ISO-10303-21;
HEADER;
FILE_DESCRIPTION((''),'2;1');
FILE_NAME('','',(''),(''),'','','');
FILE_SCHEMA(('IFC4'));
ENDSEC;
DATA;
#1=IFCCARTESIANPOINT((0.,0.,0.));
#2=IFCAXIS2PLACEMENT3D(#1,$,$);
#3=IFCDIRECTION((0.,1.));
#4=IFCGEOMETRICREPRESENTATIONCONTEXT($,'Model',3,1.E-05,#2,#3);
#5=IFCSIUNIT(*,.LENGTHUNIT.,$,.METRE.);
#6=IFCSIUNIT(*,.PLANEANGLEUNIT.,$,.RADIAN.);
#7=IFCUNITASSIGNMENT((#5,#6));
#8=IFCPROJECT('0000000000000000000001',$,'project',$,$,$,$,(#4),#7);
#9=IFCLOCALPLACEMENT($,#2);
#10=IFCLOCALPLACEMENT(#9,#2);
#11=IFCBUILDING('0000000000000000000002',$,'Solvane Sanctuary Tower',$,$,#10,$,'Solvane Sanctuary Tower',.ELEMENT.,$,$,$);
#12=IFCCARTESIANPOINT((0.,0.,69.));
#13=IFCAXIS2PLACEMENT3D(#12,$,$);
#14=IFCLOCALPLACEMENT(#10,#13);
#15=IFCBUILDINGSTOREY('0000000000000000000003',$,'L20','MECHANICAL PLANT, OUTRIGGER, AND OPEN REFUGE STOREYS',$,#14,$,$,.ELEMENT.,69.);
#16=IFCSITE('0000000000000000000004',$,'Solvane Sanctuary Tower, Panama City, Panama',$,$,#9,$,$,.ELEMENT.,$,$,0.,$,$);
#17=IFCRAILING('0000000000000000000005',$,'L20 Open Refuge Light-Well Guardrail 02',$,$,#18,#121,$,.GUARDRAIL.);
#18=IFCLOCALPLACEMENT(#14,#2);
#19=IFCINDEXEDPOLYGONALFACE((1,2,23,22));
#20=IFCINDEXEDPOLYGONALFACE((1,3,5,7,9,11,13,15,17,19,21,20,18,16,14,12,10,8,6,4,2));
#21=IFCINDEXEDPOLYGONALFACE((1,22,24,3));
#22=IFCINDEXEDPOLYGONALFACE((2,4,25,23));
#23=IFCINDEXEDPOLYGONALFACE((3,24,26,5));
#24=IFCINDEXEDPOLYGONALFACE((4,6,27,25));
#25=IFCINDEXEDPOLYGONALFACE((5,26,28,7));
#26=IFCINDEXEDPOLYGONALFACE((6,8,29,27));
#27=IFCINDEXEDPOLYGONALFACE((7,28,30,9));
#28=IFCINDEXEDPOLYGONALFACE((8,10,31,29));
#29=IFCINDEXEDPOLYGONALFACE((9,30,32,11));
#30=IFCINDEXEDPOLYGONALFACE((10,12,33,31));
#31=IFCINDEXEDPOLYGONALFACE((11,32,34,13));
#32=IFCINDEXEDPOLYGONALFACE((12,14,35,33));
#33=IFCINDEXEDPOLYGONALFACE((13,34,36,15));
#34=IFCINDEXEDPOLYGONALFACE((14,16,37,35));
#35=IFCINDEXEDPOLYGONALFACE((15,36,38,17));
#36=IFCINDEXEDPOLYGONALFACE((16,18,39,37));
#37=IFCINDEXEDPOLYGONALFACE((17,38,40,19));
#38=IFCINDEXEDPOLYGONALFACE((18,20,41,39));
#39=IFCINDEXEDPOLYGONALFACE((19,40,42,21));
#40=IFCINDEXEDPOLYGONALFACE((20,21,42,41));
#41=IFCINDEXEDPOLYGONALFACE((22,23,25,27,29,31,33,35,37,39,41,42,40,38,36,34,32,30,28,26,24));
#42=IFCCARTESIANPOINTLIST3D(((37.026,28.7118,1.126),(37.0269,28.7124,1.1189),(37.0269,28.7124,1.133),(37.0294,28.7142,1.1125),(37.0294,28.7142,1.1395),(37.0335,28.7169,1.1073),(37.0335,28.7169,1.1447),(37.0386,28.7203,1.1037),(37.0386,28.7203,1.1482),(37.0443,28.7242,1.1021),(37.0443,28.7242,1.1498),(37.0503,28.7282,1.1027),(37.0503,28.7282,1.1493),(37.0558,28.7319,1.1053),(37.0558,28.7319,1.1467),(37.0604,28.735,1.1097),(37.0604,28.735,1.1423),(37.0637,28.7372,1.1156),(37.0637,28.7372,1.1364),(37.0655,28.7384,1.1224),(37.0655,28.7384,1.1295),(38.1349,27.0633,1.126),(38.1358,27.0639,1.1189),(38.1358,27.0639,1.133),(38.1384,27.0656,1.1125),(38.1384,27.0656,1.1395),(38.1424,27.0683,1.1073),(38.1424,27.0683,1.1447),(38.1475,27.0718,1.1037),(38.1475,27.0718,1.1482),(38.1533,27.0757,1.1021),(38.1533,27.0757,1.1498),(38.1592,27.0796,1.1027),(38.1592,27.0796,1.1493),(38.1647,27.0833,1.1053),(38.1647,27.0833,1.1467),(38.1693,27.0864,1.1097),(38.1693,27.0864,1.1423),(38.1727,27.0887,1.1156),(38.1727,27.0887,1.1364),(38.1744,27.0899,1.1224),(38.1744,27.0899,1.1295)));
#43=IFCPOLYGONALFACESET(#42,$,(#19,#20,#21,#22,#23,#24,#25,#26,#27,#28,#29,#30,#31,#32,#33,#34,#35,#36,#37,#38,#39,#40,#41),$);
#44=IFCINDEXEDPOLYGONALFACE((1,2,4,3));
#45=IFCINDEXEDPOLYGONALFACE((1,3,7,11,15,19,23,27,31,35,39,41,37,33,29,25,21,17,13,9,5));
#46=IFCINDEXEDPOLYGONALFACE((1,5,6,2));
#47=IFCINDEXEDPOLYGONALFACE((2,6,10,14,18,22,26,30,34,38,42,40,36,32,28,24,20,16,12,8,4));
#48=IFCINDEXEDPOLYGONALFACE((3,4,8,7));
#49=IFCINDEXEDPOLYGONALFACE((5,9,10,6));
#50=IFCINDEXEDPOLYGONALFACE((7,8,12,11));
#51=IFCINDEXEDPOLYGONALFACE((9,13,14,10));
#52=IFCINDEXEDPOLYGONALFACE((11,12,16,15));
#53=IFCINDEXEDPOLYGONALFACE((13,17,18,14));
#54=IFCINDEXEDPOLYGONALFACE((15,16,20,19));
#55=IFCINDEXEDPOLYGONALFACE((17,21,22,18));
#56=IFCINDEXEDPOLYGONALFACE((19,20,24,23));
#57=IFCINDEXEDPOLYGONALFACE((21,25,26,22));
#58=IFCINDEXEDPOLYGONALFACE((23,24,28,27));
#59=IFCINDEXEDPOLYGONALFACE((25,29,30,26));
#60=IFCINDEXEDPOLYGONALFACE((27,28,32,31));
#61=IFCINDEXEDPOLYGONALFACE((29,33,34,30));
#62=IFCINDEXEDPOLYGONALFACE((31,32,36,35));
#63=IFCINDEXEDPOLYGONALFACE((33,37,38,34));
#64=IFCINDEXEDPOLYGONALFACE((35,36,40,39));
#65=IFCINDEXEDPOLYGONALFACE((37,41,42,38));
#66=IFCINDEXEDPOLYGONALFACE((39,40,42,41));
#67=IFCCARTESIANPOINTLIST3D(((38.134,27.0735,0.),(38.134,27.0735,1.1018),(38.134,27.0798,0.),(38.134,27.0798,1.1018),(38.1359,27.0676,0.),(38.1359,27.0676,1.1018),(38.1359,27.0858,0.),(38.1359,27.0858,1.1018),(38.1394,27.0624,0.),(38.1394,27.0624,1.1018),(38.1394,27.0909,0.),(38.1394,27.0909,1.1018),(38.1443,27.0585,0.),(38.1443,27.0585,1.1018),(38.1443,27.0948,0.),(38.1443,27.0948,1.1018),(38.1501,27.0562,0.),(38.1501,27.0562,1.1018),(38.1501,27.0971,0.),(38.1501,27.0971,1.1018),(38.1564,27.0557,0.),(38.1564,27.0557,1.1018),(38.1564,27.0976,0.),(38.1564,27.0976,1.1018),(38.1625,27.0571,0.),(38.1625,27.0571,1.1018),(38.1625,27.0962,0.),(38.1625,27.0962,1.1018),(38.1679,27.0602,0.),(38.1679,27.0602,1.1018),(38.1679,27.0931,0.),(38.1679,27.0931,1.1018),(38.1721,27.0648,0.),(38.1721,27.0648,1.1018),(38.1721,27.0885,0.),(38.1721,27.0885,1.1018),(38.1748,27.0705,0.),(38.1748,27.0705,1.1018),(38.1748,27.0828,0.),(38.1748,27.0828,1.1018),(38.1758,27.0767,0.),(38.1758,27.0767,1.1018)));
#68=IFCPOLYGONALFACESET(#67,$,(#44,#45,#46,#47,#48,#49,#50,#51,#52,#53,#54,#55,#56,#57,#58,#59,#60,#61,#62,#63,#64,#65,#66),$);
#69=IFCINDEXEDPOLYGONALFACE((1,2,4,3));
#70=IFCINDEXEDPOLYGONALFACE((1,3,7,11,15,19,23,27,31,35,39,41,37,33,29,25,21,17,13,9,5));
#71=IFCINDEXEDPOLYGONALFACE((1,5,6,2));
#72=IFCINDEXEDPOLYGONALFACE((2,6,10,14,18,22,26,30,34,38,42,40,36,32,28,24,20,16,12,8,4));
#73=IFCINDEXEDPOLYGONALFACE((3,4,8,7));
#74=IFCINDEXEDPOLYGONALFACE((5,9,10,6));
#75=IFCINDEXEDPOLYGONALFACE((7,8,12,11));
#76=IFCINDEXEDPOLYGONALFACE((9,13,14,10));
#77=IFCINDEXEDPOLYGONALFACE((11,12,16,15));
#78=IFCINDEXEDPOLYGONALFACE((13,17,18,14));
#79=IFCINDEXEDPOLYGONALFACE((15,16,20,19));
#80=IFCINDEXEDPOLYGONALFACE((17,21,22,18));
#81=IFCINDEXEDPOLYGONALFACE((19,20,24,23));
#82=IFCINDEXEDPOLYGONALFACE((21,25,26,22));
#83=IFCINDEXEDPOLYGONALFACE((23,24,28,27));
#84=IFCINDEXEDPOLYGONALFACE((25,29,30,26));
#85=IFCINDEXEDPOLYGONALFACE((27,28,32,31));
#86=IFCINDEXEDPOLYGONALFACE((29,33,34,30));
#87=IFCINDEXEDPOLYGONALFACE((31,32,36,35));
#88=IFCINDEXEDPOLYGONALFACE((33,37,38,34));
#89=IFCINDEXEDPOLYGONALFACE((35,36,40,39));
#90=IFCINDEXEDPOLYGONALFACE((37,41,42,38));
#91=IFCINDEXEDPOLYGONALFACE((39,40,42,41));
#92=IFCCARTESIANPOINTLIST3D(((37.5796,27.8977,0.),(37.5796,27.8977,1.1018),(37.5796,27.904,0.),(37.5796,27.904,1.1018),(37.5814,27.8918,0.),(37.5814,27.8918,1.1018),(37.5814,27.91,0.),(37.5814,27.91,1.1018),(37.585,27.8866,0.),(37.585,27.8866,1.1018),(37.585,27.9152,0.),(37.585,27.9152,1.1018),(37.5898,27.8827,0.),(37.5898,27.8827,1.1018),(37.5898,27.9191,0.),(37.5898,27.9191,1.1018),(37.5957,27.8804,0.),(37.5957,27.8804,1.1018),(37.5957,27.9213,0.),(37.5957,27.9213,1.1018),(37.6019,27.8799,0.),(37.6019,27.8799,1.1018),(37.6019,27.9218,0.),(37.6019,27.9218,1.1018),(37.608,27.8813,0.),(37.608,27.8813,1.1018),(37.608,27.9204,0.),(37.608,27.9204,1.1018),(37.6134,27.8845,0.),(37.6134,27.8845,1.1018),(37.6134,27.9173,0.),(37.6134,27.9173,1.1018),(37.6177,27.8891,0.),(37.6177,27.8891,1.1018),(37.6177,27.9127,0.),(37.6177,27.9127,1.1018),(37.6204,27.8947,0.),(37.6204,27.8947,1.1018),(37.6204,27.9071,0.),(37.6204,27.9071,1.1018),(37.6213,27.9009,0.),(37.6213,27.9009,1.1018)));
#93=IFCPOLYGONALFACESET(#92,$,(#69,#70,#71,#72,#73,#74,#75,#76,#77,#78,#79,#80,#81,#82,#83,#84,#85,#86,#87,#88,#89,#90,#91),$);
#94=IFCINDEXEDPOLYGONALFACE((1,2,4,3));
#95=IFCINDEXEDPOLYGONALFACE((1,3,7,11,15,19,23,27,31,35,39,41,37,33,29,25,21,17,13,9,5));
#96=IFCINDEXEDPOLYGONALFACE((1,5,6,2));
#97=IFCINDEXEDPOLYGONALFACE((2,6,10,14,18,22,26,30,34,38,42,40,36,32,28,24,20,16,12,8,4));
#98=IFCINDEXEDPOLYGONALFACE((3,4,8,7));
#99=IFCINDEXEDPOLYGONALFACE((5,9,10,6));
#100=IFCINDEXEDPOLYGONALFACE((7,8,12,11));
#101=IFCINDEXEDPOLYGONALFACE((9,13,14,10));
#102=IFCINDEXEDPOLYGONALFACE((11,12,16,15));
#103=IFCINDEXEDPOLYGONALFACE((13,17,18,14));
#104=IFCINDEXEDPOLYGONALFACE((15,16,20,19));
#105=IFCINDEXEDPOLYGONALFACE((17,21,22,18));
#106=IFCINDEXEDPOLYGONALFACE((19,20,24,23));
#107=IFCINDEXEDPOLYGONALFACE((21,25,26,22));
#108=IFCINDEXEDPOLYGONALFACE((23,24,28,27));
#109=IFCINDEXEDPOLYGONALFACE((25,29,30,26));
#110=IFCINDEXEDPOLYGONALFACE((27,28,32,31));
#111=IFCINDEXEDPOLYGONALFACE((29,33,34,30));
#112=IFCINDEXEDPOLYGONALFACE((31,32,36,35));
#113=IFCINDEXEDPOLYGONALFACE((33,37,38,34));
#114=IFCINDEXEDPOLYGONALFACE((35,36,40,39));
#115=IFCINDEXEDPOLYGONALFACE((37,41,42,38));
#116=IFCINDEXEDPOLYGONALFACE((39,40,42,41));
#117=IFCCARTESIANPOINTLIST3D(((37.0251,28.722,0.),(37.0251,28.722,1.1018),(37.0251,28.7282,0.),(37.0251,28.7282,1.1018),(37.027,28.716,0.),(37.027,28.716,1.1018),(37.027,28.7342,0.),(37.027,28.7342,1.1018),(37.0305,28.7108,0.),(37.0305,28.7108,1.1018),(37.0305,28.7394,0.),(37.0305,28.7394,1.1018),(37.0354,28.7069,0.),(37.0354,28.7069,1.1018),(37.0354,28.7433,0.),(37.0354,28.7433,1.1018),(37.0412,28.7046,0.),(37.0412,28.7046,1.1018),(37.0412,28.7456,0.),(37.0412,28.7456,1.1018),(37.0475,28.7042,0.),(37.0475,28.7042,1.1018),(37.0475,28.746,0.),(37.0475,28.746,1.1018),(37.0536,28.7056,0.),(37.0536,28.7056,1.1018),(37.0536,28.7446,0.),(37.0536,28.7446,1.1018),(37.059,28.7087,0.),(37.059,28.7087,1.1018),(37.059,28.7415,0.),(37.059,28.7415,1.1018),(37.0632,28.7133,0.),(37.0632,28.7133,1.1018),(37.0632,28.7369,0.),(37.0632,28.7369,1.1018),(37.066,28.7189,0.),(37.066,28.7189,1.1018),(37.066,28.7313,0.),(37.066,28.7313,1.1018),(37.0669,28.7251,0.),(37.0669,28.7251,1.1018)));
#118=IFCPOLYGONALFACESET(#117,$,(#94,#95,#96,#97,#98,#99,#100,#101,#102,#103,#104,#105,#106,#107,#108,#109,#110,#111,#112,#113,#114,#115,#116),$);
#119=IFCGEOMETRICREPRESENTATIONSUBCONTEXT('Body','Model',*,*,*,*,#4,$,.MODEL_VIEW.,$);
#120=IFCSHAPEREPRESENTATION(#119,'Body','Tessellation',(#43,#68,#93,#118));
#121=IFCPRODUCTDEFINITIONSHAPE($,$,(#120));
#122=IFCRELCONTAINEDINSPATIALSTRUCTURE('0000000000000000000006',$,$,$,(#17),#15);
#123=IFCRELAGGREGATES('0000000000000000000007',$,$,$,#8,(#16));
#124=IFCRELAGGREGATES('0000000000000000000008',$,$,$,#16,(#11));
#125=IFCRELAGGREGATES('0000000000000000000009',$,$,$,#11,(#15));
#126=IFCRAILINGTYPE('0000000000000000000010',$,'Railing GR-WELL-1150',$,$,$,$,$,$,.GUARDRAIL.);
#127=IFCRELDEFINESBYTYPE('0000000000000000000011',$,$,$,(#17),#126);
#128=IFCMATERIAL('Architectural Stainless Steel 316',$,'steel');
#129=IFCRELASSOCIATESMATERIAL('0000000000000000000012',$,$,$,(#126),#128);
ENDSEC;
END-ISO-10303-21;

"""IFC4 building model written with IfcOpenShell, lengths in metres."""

from ifc_helpers import new_model, si_unit, direction, frame, origin, origin_2d, place, context, subcontext, project, spatial, circle, extrude, material, type_object, element, save


model = new_model("IFC4")

# Units and contexts
model_context = context("Model", 3, precision=1e-05, world=origin(), true_north=direction((0.0, 1.0)))
body_context = subcontext(model_context, "Body", "Model", "MODEL_VIEW")
ifc_project = project(units=[si_unit("LENGTHUNIT", "METRE"), si_unit("PLANEANGLEUNIT", "RADIAN")], contexts=[model_context])

# Site, building, storey
site_placement = place(None, origin())
site = spatial("IfcSite", under=ifc_project, at=site_placement, Name="Solvane Sanctuary Tower, Panama City, Panama", CompositionType="ELEMENT", RefElevation=0.0)
building_placement = place(site_placement, origin())
building = spatial("IfcBuilding", under=site, at=building_placement, Name="Solvane Sanctuary Tower", LongName="Solvane Sanctuary Tower", CompositionType="ELEMENT")
storey_placement = place(building_placement, frame((0.0, 0.0, 69.0)))
storey = spatial("IfcBuildingStorey", under=building, at=storey_placement, Name="L20", Description="MECHANICAL PLANT, OUTRIGGER, AND OPEN REFUGE STOREYS", CompositionType="ELEMENT", Elevation=69.0)

# Shared definitions
ifc_material_1 = material(Name="Architectural Stainless Steel 316", Category="steel")

# Railing
railing_type_1 = type_object("IfcRailingType", Name="Railing GR-WELL-1150", PredefinedType="GUARDRAIL", material=ifc_material_1)
railing_1_placement = place(storey_placement, frame((38.1548, 27.0767, 0.0)))
element("IfcRailing", 1, at=railing_1_placement, inside=storey, type_object=railing_type_1, Name="L20 Open Refuge Light-Well Guardrail 02", PredefinedType="GUARDRAIL", context=body_context, shape_type="SweptSolid", body=[
    extrude(circle(Radius=0.0239, at=origin_2d()), frame((0.0, 0.0, 1.126), z_axis=(-0.558155, 0.829737, 0.0), x_axis=(-0.829737, -0.558155, 0.0)), (0.0, 0.0, 1.0), 1.9868),
    extrude(circle(Radius=0.021, at=origin_2d()), origin(), (0.0, 0.0, 1.0), 1.1018),
    extrude(circle(Radius=0.021, at=origin_2d()), frame((-0.5544, 0.8242, 0.0)), (0.0, 0.0, 1.0), 1.1018),
    extrude(circle(Radius=0.021, at=origin_2d()), frame((-1.1089, 1.6484, 0.0)), (0.0, 0.0, 1.0), 1.1018),
])

save(model, "model.ifc")
